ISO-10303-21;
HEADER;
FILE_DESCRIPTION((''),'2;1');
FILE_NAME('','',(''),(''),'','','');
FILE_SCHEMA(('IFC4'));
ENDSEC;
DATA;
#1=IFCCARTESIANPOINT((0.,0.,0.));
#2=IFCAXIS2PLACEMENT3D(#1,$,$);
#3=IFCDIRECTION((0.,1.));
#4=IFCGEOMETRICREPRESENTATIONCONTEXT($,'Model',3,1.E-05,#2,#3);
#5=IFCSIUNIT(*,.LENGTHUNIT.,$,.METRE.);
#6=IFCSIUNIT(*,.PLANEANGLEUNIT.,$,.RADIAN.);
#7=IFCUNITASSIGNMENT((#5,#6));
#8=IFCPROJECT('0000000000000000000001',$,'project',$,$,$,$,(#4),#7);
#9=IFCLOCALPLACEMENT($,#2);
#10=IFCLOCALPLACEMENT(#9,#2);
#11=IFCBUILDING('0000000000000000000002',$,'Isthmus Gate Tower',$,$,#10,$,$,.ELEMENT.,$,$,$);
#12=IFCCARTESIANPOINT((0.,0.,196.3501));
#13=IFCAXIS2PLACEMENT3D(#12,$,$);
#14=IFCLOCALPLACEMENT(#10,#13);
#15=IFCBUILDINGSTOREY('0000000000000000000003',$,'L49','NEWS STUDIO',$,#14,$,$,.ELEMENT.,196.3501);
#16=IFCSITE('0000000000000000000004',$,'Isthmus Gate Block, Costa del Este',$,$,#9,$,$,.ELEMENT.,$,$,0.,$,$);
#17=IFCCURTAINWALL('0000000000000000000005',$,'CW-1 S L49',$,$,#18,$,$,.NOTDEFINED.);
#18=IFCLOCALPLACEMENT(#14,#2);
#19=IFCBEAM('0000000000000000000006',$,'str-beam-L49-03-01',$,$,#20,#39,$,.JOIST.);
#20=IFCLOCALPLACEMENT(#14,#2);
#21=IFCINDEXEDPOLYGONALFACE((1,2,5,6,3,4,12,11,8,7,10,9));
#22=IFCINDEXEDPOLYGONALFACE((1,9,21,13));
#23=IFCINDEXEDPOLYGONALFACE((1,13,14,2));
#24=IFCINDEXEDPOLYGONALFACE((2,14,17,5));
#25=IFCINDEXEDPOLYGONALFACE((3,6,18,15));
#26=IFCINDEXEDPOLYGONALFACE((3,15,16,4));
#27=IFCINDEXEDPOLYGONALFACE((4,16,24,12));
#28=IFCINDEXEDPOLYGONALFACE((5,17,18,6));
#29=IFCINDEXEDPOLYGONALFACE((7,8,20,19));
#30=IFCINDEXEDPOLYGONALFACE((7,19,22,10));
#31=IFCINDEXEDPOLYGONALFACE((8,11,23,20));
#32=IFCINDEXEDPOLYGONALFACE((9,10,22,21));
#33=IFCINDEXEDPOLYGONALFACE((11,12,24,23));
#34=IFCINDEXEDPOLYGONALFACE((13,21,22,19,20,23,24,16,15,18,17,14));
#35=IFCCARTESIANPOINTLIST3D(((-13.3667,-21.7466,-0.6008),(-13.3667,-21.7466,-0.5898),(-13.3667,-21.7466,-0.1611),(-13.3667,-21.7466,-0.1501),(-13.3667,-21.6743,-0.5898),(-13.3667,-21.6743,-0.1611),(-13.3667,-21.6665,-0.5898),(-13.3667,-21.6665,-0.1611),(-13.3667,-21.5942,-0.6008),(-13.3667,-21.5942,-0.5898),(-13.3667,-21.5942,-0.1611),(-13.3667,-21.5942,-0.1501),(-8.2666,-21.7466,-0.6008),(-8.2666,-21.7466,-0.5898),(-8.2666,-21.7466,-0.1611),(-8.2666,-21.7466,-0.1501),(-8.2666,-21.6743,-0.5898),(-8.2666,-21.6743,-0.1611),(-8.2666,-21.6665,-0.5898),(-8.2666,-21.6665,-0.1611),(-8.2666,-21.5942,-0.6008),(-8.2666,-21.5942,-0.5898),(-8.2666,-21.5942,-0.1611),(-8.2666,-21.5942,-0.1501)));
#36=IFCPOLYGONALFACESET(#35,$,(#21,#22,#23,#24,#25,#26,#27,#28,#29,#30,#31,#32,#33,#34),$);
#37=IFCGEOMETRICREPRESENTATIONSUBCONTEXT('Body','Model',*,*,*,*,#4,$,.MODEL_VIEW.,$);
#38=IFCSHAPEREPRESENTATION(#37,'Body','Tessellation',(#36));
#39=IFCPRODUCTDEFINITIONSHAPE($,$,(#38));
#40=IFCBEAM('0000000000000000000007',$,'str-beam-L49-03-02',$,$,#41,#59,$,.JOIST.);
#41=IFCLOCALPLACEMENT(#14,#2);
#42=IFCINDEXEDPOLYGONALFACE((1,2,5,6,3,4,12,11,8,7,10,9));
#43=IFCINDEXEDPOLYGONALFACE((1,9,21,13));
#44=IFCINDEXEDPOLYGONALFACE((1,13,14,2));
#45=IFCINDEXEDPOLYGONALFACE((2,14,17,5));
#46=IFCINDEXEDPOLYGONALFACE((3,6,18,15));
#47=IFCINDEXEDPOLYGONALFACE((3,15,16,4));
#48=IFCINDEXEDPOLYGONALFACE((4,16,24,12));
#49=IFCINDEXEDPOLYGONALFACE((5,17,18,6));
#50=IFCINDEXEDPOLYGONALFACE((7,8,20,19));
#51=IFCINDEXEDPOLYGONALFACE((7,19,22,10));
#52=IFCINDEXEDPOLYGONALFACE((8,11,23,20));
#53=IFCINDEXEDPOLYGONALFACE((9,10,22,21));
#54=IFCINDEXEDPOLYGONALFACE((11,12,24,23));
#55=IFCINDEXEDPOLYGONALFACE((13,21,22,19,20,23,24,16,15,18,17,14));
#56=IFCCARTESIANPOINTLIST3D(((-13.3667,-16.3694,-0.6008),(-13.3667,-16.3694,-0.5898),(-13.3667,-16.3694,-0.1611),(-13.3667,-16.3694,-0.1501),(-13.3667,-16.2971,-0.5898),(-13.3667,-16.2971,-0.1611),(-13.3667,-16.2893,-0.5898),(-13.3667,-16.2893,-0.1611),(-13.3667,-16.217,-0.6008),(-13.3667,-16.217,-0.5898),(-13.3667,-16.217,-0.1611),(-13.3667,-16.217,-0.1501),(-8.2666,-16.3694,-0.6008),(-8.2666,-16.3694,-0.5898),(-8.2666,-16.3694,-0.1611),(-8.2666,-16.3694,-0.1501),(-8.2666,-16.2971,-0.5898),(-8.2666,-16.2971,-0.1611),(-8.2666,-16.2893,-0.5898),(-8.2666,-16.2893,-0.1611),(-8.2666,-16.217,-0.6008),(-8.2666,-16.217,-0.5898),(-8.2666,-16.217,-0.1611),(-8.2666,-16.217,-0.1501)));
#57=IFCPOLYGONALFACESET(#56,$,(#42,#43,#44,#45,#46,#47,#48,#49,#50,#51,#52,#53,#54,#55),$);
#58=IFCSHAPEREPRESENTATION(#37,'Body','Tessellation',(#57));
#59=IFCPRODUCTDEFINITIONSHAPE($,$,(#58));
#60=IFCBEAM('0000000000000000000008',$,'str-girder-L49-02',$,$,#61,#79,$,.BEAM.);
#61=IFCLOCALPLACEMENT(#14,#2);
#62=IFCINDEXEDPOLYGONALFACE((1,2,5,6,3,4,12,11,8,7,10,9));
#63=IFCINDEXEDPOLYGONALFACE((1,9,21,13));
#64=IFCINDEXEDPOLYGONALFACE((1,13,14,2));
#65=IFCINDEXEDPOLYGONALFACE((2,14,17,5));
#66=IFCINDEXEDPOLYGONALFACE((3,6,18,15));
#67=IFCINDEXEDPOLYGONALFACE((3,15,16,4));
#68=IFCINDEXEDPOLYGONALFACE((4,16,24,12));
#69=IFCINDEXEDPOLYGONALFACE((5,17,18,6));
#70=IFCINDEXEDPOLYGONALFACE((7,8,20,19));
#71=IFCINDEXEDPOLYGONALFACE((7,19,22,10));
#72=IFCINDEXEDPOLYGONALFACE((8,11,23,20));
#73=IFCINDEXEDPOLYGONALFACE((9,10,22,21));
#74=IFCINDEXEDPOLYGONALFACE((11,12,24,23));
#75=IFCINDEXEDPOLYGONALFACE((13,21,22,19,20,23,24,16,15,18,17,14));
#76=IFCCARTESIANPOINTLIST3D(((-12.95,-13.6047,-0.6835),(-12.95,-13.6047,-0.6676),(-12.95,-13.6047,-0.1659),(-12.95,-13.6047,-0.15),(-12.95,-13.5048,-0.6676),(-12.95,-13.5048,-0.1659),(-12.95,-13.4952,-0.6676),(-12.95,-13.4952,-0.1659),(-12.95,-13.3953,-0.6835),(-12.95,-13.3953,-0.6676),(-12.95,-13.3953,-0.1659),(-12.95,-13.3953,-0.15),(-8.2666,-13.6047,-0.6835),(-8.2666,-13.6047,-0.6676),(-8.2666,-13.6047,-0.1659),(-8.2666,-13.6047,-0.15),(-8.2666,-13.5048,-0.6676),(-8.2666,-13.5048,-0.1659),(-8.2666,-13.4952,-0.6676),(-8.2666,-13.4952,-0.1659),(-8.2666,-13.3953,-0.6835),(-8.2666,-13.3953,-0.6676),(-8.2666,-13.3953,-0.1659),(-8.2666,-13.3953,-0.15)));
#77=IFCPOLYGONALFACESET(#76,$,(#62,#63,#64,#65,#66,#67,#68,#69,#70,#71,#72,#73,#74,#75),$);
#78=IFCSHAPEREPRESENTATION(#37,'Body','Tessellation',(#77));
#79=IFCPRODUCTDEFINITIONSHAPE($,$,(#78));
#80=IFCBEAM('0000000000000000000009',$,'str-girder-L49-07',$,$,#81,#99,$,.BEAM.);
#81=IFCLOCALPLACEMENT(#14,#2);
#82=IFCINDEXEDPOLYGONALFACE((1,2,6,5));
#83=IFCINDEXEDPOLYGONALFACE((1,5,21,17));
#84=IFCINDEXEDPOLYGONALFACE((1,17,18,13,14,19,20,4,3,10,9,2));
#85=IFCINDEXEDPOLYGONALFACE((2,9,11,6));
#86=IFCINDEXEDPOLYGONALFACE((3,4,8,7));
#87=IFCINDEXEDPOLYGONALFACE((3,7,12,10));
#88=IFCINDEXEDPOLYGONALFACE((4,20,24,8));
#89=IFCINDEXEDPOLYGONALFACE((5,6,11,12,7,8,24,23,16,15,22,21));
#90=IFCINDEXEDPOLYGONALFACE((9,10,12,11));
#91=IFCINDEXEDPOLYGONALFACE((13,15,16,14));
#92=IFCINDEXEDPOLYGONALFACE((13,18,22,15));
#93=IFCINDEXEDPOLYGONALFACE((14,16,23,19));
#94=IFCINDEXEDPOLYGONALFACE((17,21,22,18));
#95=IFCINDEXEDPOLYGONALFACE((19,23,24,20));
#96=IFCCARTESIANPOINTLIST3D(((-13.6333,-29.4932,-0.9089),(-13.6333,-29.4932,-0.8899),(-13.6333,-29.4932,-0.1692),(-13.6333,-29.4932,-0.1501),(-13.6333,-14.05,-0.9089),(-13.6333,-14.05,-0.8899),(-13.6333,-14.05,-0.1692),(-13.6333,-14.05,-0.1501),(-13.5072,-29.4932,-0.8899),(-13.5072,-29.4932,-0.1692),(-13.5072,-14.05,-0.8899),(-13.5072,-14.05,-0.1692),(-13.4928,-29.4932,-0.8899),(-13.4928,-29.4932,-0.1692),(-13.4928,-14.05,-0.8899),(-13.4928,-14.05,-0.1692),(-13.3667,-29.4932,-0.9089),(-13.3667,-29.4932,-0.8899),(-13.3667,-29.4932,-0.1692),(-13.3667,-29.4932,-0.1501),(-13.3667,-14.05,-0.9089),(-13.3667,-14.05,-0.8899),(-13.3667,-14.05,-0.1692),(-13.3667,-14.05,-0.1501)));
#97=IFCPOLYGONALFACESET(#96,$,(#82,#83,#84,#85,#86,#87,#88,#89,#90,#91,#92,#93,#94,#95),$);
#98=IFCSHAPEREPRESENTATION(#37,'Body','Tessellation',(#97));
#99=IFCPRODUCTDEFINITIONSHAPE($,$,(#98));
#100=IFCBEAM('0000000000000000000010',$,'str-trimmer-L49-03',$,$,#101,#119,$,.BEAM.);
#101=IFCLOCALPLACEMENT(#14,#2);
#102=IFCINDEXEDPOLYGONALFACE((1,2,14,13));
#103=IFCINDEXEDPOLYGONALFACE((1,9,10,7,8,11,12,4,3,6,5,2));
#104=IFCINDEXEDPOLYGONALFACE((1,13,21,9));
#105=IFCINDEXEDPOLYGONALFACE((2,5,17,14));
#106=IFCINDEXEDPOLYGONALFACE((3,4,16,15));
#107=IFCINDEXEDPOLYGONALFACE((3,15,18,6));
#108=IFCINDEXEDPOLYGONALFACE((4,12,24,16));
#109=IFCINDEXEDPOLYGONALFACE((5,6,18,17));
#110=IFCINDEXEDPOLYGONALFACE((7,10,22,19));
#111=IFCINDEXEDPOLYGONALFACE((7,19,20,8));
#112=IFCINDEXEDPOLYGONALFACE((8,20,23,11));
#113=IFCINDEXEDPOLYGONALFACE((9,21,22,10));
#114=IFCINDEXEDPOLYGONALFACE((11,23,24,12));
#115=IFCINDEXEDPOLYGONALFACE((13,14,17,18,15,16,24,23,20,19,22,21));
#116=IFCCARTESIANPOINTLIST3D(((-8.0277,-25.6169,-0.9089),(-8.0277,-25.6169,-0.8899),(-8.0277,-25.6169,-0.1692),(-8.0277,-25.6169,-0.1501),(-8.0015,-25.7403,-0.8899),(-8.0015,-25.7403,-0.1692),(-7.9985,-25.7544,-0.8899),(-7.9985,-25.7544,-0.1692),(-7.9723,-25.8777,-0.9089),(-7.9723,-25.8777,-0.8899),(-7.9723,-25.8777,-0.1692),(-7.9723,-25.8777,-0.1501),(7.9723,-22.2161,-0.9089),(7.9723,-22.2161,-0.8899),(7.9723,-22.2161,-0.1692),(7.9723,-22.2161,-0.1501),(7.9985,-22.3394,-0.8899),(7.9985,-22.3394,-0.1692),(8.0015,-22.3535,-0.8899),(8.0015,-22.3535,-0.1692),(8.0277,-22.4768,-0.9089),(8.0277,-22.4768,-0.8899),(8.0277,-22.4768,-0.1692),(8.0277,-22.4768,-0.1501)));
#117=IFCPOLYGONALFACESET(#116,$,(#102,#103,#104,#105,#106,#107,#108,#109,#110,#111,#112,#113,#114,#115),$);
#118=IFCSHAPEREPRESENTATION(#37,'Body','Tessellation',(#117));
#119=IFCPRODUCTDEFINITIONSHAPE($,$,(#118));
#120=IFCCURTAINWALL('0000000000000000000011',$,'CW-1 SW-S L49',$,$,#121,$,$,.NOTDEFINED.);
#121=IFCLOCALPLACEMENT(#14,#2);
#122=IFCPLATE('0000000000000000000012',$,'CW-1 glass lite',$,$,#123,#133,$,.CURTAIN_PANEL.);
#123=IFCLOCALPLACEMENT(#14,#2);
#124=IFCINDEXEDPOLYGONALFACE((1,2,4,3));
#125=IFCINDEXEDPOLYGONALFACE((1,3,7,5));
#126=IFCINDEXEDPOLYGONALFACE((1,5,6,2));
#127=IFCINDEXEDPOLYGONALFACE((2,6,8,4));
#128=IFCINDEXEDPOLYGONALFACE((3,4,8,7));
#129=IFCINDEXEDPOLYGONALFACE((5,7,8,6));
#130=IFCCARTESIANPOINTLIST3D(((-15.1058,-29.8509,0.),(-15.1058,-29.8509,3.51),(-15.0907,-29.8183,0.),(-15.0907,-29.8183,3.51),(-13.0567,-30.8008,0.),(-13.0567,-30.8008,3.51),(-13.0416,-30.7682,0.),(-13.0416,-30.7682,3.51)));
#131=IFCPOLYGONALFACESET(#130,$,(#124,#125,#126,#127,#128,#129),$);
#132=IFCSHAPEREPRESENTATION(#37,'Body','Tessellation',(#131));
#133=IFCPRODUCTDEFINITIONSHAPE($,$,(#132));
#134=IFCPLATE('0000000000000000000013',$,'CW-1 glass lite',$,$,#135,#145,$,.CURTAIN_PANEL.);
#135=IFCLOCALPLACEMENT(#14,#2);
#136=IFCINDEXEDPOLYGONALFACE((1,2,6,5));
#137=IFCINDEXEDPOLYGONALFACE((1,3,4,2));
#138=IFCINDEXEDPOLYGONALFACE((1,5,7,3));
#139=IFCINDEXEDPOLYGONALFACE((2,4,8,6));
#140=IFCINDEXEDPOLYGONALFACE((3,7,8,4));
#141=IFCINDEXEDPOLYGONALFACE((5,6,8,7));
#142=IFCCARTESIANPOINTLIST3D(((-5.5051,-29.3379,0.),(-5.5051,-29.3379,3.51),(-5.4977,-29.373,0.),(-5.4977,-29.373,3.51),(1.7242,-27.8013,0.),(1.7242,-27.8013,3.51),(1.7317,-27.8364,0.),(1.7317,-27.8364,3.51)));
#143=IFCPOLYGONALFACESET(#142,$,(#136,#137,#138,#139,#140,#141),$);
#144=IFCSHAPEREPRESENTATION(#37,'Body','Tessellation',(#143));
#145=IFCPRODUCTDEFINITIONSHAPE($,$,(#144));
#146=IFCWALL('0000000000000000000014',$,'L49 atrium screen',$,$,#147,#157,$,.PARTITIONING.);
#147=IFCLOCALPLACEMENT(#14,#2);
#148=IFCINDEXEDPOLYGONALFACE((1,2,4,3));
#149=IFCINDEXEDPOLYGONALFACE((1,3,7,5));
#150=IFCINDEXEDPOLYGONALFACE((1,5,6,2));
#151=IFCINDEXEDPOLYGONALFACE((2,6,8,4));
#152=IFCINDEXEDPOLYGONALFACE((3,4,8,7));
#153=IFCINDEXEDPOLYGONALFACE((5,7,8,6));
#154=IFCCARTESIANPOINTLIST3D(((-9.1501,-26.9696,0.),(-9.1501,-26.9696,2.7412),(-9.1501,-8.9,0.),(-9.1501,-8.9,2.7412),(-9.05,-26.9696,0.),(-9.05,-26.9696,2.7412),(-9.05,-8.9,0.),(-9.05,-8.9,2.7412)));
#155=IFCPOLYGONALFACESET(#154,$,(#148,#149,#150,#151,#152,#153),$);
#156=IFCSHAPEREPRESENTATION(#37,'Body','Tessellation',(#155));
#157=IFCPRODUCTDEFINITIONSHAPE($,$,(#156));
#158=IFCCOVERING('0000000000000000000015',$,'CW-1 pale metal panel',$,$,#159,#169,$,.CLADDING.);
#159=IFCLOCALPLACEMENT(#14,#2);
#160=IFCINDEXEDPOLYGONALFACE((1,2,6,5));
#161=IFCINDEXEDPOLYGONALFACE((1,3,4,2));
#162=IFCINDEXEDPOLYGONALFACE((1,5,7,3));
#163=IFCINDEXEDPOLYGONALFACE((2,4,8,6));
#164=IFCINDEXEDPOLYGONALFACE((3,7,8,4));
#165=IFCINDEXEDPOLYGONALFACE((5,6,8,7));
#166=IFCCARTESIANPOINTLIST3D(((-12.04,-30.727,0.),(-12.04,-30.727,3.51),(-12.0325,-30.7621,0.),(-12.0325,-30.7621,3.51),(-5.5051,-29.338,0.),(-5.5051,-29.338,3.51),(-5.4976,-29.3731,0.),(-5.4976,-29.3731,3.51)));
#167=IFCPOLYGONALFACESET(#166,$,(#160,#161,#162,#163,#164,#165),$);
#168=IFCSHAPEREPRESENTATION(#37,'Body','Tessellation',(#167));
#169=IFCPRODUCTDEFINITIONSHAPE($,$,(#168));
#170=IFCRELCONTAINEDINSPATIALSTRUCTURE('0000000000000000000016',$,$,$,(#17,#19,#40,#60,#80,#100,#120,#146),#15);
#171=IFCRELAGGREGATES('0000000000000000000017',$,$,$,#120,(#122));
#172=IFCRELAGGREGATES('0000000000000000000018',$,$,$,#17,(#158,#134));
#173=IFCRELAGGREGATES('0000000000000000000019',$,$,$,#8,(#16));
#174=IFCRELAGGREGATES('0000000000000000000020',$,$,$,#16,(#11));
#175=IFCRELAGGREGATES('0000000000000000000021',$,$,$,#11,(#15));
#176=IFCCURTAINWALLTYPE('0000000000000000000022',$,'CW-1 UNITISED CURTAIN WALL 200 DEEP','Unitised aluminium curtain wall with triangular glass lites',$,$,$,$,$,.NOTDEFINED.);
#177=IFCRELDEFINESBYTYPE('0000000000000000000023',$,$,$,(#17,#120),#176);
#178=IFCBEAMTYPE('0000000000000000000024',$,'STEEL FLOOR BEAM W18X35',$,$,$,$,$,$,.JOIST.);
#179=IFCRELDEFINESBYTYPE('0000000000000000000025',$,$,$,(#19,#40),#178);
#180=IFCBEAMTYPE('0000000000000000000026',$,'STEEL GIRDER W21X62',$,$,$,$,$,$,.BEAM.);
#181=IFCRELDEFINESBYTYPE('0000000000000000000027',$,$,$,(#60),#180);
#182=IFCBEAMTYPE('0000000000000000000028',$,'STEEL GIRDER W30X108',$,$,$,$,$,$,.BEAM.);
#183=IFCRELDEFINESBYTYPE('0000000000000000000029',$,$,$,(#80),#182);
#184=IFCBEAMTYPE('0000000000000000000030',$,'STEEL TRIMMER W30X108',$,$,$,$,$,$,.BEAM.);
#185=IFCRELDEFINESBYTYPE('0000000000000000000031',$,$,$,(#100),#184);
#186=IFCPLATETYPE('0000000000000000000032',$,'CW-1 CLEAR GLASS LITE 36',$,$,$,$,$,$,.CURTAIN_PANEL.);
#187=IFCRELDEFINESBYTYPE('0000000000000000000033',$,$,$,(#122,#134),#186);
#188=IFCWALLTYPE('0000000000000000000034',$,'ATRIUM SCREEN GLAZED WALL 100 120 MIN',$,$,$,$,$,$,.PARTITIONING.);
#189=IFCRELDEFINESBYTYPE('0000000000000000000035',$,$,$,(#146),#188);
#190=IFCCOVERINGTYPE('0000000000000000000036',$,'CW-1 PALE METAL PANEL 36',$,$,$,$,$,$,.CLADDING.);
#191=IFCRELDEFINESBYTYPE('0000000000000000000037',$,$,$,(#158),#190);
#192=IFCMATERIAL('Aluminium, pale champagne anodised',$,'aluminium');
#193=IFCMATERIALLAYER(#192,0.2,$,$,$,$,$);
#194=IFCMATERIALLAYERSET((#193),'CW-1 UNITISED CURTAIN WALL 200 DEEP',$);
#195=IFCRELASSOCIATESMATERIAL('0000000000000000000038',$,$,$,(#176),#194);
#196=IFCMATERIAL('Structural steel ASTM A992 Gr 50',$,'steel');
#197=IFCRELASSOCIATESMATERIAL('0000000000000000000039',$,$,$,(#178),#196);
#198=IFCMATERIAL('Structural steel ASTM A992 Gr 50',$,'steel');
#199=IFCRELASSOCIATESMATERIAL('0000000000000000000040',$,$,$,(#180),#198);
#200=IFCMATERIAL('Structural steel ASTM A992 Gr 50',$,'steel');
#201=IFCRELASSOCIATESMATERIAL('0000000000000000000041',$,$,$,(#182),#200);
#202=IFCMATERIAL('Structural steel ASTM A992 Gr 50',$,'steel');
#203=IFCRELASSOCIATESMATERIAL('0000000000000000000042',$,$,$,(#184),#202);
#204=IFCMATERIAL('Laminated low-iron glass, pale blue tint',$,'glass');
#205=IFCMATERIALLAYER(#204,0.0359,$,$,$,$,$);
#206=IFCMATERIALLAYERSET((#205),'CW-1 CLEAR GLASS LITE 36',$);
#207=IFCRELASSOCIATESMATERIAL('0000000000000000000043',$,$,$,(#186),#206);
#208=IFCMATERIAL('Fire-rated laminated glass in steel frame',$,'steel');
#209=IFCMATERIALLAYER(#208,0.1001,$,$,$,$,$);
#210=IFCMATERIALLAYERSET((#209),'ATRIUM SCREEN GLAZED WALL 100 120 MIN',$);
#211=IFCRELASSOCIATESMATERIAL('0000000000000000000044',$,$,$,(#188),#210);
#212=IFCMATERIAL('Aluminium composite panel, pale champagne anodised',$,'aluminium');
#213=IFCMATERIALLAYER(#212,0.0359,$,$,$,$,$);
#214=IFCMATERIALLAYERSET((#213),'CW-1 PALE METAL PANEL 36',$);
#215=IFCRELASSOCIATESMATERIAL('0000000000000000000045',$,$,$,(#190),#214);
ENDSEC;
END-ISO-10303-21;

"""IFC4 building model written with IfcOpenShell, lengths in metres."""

from ifc_helpers import new_model, si_unit, direction, frame, frame_2d, origin, origin_2d, place, context, subcontext, project, spatial, rectangle, i_section, extrude, material, layer, layer_set, material_profile, profile_set, type_object, element, aggregate, save


model = new_model("IFC4")

# Units and contexts
model_context = context("Model", 3, precision=1e-05, world=origin(), true_north=direction((0.0, 1.0)))
body_context = subcontext(model_context, "Body", "Model", "MODEL_VIEW")
ifc_project = project(units=[si_unit("LENGTHUNIT", "METRE"), si_unit("PLANEANGLEUNIT", "RADIAN")], contexts=[model_context])

# Site, building, storey
site_placement = place(None, origin())
site = spatial("IfcSite", under=ifc_project, at=site_placement, Name="Isthmus Gate Block, Costa del Este", CompositionType="ELEMENT", RefElevation=0.0)
building_placement = place(site_placement, origin())
building = spatial("IfcBuilding", under=site, at=building_placement, Name="Isthmus Gate Tower", CompositionType="ELEMENT")
storey_placement = place(building_placement, frame((0.0, 0.0, 196.3501)))
storey = spatial("IfcBuildingStorey", under=building, at=storey_placement, Name="L49", Description="NEWS STUDIO", CompositionType="ELEMENT", Elevation=196.3501)

# Curtain wall
ifc_material_1 = material(Name="Aluminium, pale champagne anodised", Category="aluminium")
ifc_layer_1 = layer(ifc_material_1, 0.2)
ifc_layer_set_1 = layer_set([ifc_layer_1], Name="CW-1 UNITISED CURTAIN WALL 200 DEEP")
curtain_wall_type = type_object("IfcCurtainWallType", Name="CW-1 UNITISED CURTAIN WALL 200 DEEP", Description="Unitised aluminium curtain wall with triangular glass lites", PredefinedType="NOTDEFINED", material=ifc_layer_set_1)
curtain_wall_1_placement = place(storey_placement, origin())
curtain_wall_1 = element("IfcCurtainWall", 1, at=curtain_wall_1_placement, inside=storey, type_object=curtain_wall_type, Name="CW-1 S L49", PredefinedType="NOTDEFINED")

# Beams
ifc_material_2 = material(Name="Structural steel ASTM A992 Gr 50", Category="steel")
ifc_material_profile_1 = material_profile(ifc_material_2, i_section(OverallWidth=0.1523, OverallDepth=0.4507, WebThickness=0.0078, FlangeThickness=0.011, at=origin_2d()), Name="W18X35")
ifc_profile_set_1 = profile_set([ifc_material_profile_1], Name="Structural steel ASTM A992 Gr 50")
beam_type_1 = type_object("IfcBeamType", Name="STEEL FLOOR BEAM W18X35", PredefinedType="JOIST", material=ifc_profile_set_1)
for number, where, z_axis, x_axis, name in (
    (2, (-13.3667, -21.6704, -0.3755), (1.0, 0.0, 0.0), (0.0, 1.0, 0.0), "str-beam-L49-03-01"),
    (3, (-13.3667, -16.2932, -0.3755), (1.0, 0.0, 0.0), (0.0, 1.0, 0.0), "str-beam-L49-03-02"),
):
    element("IfcBeam", number, at=place(storey_placement, frame(where, z_axis=z_axis, x_axis=x_axis)), inside=storey, type_object=beam_type_1, Name=name, PredefinedType="JOIST", context=body_context, shape_type="SweptSolid", body=[
        extrude(i_section(OverallWidth=0.1523, OverallDepth=0.4507, WebThickness=0.0078, FlangeThickness=0.011, at=origin_2d()), origin(), (0.0, 0.0, 1.0), 5.1001),
    ])
ifc_material_3 = material(Name="Structural steel ASTM A992 Gr 50", Category="steel")
ifc_material_profile_2 = material_profile(ifc_material_3, i_section(OverallWidth=0.2095, OverallDepth=0.5334, WebThickness=0.0095, FlangeThickness=0.0159, at=origin_2d()), Name="W21X62")
ifc_profile_set_2 = profile_set([ifc_material_profile_2], Name="Structural steel ASTM A992 Gr 50")
beam_type_2 = type_object("IfcBeamType", Name="STEEL GIRDER W21X62", PredefinedType="BEAM", material=ifc_profile_set_2)
beam_1_placement = place(storey_placement, frame((-12.95, -13.5, -0.4167), z_axis=(1.0, 0.0, 0.0), x_axis=(0.0, 1.0, 0.0)))
element("IfcBeam", 4, at=beam_1_placement, inside=storey, type_object=beam_type_2, Name="str-girder-L49-02", PredefinedType="BEAM", context=body_context, shape_type="SweptSolid", body=[
    extrude(i_section(OverallWidth=0.2095, OverallDepth=0.5334, WebThickness=0.0095, FlangeThickness=0.0159, at=origin_2d()), origin(), (0.0, 0.0, 1.0), 4.6833),
])
ifc_material_4 = material(Name="Structural steel ASTM A992 Gr 50", Category="steel")
ifc_material_profile_3 = material_profile(ifc_material_4, i_section(OverallWidth=0.2666, OverallDepth=0.7588, WebThickness=0.0144, FlangeThickness=0.019, at=origin_2d()), Name="W30X108")
ifc_profile_set_3 = profile_set([ifc_material_profile_3], Name="Structural steel ASTM A992 Gr 50")
beam_type_3 = type_object("IfcBeamType", Name="STEEL GIRDER W30X108", PredefinedType="BEAM", material=ifc_profile_set_3)
beam_2_placement = place(storey_placement, frame((-13.5, -29.4932, -0.5295), z_axis=(0.0, 1.0, 0.0), x_axis=(-1.0, 0.0, 0.0)))
element("IfcBeam", 5, at=beam_2_placement, inside=storey, type_object=beam_type_3, Name="str-girder-L49-07", PredefinedType="BEAM", context=body_context, shape_type="SweptSolid", body=[
    extrude(i_section(OverallWidth=0.2666, OverallDepth=0.7588, WebThickness=0.0144, FlangeThickness=0.019, at=origin_2d()), origin(), (0.0, 0.0, 1.0), 15.4431),
])
ifc_material_5 = material(Name="Structural steel ASTM A992 Gr 50", Category="steel")
ifc_material_profile_4 = material_profile(ifc_material_5, i_section(OverallWidth=0.2666, OverallDepth=0.7588, WebThickness=0.0144, FlangeThickness=0.019, at=origin_2d()), Name="W30X108")
ifc_profile_set_4 = profile_set([ifc_material_profile_4], Name="Structural steel ASTM A992 Gr 50")
beam_type_4 = type_object("IfcBeamType", Name="STEEL TRIMMER W30X108", PredefinedType="BEAM", material=ifc_profile_set_4)
beam_3_placement = place(storey_placement, frame((-8.0, -25.7473, -0.5295), z_axis=(0.978148, 0.20791, 0.0), x_axis=(-0.20791, 0.978148, 0.0)))
element("IfcBeam", 6, at=beam_3_placement, inside=storey, type_object=beam_type_4, Name="str-trimmer-L49-03", PredefinedType="BEAM", context=body_context, shape_type="SweptSolid", body=[
    extrude(i_section(OverallWidth=0.2666, OverallDepth=0.7588, WebThickness=0.0144, FlangeThickness=0.019, at=origin_2d()), origin(), (0.0, 0.0, 1.0), 16.3574),
])

# Curtain wall, plate
curtain_wall_2_placement = place(storey_placement, origin())
curtain_wall_2 = element("IfcCurtainWall", 7, at=curtain_wall_2_placement, inside=storey, type_object=curtain_wall_type, Name="CW-1 SW-S L49", PredefinedType="NOTDEFINED")
ifc_material_6 = material(Name="Laminated low-iron glass, pale blue tint", Category="glass")
ifc_layer_2 = layer(ifc_material_6, 0.0359)
ifc_layer_set_2 = layer_set([ifc_layer_2], Name="CW-1 CLEAR GLASS LITE 36")
plate_type = type_object("IfcPlateType", Name="CW-1 CLEAR GLASS LITE 36", PredefinedType="CURTAIN_PANEL", material=ifc_layer_set_2)
plate_1_placement = place(storey_placement, frame((-14.0737, -30.3096, 0.0), z_axis=(0.0, 0.0, 1.0), x_axis=(0.907256, -0.420578, 0.0)))
plate_1 = element("IfcPlate", 8, at=plate_1_placement, type_object=plate_type, Name="CW-1 glass lite", PredefinedType="CURTAIN_PANEL", context=body_context, shape_type="SweptSolid", body=[
    extrude(rectangle(XDim=2.2585, YDim=0.0359, at=origin_2d()), origin(), (0.0, 0.0, 1.0), 3.51),
])
aggregate(curtain_wall_2, [plate_1])

# Plate
plate_2_placement = place(storey_placement, frame((-1.8867, -28.5872, 0.0), z_axis=(0.0, 0.0, 1.0), x_axis=(0.978148, 0.207912, 0.0)))
plate_2 = element("IfcPlate", 9, at=plate_2_placement, type_object=plate_type, Name="CW-1 glass lite", PredefinedType="CURTAIN_PANEL", context=body_context, shape_type="SweptSolid", body=[
    extrude(rectangle(XDim=7.3909, YDim=0.0359, at=origin_2d()), origin(), (0.0, 0.0, 1.0), 3.51),
])

# Wall
ifc_material_7 = material(Name="Fire-rated laminated glass in steel frame", Category="steel")
ifc_layer_3 = layer(ifc_material_7, 0.1001)
ifc_layer_set_3 = layer_set([ifc_layer_3], Name="ATRIUM SCREEN GLAZED WALL 100 120 MIN")
wall_type = type_object("IfcWallType", Name="ATRIUM SCREEN GLAZED WALL 100 120 MIN", PredefinedType="PARTITIONING", material=ifc_layer_set_3)
wall_placement = place(storey_placement, frame((-9.1001, -26.9695, 0.0), z_axis=(0.0, 0.0, 1.0), x_axis=(0.0, 1.0, 0.0)))
element("IfcWall", 10, at=wall_placement, inside=storey, type_object=wall_type, Name="L49 atrium screen", PredefinedType="PARTITIONING", context=body_context, shape_type="SweptSolid", body=[
    extrude(rectangle(XDim=18.0696, YDim=0.1001, at=frame_2d((9.0347, 0.0))), origin(), (0.0, 0.0, 1.0), 2.7412),
])

# Covering
ifc_material_8 = material(Name="Aluminium composite panel, pale champagne anodised", Category="aluminium")
ifc_layer_4 = layer(ifc_material_8, 0.0359)
ifc_layer_set_4 = layer_set([ifc_layer_4], Name="CW-1 PALE METAL PANEL 36")
covering_type = type_object("IfcCoveringType", Name="CW-1 PALE METAL PANEL 36", PredefinedType="CLADDING", material=ifc_layer_set_4)
covering_placement = place(storey_placement, frame((-8.7688, -30.05, 0.0), z_axis=(0.0, 0.0, 1.0), x_axis=(0.978148, 0.207912, 0.0)))
covering = element("IfcCovering", 11, at=covering_placement, type_object=covering_type, Name="CW-1 pale metal panel", PredefinedType="CLADDING", context=body_context, shape_type="SweptSolid", body=[
    extrude(rectangle(XDim=6.6809, YDim=0.0359, at=origin_2d()), origin(), (0.0, 0.0, 1.0), 3.51),
])
aggregate(curtain_wall_1, [covering, plate_2])

save(model, "model.ifc")
